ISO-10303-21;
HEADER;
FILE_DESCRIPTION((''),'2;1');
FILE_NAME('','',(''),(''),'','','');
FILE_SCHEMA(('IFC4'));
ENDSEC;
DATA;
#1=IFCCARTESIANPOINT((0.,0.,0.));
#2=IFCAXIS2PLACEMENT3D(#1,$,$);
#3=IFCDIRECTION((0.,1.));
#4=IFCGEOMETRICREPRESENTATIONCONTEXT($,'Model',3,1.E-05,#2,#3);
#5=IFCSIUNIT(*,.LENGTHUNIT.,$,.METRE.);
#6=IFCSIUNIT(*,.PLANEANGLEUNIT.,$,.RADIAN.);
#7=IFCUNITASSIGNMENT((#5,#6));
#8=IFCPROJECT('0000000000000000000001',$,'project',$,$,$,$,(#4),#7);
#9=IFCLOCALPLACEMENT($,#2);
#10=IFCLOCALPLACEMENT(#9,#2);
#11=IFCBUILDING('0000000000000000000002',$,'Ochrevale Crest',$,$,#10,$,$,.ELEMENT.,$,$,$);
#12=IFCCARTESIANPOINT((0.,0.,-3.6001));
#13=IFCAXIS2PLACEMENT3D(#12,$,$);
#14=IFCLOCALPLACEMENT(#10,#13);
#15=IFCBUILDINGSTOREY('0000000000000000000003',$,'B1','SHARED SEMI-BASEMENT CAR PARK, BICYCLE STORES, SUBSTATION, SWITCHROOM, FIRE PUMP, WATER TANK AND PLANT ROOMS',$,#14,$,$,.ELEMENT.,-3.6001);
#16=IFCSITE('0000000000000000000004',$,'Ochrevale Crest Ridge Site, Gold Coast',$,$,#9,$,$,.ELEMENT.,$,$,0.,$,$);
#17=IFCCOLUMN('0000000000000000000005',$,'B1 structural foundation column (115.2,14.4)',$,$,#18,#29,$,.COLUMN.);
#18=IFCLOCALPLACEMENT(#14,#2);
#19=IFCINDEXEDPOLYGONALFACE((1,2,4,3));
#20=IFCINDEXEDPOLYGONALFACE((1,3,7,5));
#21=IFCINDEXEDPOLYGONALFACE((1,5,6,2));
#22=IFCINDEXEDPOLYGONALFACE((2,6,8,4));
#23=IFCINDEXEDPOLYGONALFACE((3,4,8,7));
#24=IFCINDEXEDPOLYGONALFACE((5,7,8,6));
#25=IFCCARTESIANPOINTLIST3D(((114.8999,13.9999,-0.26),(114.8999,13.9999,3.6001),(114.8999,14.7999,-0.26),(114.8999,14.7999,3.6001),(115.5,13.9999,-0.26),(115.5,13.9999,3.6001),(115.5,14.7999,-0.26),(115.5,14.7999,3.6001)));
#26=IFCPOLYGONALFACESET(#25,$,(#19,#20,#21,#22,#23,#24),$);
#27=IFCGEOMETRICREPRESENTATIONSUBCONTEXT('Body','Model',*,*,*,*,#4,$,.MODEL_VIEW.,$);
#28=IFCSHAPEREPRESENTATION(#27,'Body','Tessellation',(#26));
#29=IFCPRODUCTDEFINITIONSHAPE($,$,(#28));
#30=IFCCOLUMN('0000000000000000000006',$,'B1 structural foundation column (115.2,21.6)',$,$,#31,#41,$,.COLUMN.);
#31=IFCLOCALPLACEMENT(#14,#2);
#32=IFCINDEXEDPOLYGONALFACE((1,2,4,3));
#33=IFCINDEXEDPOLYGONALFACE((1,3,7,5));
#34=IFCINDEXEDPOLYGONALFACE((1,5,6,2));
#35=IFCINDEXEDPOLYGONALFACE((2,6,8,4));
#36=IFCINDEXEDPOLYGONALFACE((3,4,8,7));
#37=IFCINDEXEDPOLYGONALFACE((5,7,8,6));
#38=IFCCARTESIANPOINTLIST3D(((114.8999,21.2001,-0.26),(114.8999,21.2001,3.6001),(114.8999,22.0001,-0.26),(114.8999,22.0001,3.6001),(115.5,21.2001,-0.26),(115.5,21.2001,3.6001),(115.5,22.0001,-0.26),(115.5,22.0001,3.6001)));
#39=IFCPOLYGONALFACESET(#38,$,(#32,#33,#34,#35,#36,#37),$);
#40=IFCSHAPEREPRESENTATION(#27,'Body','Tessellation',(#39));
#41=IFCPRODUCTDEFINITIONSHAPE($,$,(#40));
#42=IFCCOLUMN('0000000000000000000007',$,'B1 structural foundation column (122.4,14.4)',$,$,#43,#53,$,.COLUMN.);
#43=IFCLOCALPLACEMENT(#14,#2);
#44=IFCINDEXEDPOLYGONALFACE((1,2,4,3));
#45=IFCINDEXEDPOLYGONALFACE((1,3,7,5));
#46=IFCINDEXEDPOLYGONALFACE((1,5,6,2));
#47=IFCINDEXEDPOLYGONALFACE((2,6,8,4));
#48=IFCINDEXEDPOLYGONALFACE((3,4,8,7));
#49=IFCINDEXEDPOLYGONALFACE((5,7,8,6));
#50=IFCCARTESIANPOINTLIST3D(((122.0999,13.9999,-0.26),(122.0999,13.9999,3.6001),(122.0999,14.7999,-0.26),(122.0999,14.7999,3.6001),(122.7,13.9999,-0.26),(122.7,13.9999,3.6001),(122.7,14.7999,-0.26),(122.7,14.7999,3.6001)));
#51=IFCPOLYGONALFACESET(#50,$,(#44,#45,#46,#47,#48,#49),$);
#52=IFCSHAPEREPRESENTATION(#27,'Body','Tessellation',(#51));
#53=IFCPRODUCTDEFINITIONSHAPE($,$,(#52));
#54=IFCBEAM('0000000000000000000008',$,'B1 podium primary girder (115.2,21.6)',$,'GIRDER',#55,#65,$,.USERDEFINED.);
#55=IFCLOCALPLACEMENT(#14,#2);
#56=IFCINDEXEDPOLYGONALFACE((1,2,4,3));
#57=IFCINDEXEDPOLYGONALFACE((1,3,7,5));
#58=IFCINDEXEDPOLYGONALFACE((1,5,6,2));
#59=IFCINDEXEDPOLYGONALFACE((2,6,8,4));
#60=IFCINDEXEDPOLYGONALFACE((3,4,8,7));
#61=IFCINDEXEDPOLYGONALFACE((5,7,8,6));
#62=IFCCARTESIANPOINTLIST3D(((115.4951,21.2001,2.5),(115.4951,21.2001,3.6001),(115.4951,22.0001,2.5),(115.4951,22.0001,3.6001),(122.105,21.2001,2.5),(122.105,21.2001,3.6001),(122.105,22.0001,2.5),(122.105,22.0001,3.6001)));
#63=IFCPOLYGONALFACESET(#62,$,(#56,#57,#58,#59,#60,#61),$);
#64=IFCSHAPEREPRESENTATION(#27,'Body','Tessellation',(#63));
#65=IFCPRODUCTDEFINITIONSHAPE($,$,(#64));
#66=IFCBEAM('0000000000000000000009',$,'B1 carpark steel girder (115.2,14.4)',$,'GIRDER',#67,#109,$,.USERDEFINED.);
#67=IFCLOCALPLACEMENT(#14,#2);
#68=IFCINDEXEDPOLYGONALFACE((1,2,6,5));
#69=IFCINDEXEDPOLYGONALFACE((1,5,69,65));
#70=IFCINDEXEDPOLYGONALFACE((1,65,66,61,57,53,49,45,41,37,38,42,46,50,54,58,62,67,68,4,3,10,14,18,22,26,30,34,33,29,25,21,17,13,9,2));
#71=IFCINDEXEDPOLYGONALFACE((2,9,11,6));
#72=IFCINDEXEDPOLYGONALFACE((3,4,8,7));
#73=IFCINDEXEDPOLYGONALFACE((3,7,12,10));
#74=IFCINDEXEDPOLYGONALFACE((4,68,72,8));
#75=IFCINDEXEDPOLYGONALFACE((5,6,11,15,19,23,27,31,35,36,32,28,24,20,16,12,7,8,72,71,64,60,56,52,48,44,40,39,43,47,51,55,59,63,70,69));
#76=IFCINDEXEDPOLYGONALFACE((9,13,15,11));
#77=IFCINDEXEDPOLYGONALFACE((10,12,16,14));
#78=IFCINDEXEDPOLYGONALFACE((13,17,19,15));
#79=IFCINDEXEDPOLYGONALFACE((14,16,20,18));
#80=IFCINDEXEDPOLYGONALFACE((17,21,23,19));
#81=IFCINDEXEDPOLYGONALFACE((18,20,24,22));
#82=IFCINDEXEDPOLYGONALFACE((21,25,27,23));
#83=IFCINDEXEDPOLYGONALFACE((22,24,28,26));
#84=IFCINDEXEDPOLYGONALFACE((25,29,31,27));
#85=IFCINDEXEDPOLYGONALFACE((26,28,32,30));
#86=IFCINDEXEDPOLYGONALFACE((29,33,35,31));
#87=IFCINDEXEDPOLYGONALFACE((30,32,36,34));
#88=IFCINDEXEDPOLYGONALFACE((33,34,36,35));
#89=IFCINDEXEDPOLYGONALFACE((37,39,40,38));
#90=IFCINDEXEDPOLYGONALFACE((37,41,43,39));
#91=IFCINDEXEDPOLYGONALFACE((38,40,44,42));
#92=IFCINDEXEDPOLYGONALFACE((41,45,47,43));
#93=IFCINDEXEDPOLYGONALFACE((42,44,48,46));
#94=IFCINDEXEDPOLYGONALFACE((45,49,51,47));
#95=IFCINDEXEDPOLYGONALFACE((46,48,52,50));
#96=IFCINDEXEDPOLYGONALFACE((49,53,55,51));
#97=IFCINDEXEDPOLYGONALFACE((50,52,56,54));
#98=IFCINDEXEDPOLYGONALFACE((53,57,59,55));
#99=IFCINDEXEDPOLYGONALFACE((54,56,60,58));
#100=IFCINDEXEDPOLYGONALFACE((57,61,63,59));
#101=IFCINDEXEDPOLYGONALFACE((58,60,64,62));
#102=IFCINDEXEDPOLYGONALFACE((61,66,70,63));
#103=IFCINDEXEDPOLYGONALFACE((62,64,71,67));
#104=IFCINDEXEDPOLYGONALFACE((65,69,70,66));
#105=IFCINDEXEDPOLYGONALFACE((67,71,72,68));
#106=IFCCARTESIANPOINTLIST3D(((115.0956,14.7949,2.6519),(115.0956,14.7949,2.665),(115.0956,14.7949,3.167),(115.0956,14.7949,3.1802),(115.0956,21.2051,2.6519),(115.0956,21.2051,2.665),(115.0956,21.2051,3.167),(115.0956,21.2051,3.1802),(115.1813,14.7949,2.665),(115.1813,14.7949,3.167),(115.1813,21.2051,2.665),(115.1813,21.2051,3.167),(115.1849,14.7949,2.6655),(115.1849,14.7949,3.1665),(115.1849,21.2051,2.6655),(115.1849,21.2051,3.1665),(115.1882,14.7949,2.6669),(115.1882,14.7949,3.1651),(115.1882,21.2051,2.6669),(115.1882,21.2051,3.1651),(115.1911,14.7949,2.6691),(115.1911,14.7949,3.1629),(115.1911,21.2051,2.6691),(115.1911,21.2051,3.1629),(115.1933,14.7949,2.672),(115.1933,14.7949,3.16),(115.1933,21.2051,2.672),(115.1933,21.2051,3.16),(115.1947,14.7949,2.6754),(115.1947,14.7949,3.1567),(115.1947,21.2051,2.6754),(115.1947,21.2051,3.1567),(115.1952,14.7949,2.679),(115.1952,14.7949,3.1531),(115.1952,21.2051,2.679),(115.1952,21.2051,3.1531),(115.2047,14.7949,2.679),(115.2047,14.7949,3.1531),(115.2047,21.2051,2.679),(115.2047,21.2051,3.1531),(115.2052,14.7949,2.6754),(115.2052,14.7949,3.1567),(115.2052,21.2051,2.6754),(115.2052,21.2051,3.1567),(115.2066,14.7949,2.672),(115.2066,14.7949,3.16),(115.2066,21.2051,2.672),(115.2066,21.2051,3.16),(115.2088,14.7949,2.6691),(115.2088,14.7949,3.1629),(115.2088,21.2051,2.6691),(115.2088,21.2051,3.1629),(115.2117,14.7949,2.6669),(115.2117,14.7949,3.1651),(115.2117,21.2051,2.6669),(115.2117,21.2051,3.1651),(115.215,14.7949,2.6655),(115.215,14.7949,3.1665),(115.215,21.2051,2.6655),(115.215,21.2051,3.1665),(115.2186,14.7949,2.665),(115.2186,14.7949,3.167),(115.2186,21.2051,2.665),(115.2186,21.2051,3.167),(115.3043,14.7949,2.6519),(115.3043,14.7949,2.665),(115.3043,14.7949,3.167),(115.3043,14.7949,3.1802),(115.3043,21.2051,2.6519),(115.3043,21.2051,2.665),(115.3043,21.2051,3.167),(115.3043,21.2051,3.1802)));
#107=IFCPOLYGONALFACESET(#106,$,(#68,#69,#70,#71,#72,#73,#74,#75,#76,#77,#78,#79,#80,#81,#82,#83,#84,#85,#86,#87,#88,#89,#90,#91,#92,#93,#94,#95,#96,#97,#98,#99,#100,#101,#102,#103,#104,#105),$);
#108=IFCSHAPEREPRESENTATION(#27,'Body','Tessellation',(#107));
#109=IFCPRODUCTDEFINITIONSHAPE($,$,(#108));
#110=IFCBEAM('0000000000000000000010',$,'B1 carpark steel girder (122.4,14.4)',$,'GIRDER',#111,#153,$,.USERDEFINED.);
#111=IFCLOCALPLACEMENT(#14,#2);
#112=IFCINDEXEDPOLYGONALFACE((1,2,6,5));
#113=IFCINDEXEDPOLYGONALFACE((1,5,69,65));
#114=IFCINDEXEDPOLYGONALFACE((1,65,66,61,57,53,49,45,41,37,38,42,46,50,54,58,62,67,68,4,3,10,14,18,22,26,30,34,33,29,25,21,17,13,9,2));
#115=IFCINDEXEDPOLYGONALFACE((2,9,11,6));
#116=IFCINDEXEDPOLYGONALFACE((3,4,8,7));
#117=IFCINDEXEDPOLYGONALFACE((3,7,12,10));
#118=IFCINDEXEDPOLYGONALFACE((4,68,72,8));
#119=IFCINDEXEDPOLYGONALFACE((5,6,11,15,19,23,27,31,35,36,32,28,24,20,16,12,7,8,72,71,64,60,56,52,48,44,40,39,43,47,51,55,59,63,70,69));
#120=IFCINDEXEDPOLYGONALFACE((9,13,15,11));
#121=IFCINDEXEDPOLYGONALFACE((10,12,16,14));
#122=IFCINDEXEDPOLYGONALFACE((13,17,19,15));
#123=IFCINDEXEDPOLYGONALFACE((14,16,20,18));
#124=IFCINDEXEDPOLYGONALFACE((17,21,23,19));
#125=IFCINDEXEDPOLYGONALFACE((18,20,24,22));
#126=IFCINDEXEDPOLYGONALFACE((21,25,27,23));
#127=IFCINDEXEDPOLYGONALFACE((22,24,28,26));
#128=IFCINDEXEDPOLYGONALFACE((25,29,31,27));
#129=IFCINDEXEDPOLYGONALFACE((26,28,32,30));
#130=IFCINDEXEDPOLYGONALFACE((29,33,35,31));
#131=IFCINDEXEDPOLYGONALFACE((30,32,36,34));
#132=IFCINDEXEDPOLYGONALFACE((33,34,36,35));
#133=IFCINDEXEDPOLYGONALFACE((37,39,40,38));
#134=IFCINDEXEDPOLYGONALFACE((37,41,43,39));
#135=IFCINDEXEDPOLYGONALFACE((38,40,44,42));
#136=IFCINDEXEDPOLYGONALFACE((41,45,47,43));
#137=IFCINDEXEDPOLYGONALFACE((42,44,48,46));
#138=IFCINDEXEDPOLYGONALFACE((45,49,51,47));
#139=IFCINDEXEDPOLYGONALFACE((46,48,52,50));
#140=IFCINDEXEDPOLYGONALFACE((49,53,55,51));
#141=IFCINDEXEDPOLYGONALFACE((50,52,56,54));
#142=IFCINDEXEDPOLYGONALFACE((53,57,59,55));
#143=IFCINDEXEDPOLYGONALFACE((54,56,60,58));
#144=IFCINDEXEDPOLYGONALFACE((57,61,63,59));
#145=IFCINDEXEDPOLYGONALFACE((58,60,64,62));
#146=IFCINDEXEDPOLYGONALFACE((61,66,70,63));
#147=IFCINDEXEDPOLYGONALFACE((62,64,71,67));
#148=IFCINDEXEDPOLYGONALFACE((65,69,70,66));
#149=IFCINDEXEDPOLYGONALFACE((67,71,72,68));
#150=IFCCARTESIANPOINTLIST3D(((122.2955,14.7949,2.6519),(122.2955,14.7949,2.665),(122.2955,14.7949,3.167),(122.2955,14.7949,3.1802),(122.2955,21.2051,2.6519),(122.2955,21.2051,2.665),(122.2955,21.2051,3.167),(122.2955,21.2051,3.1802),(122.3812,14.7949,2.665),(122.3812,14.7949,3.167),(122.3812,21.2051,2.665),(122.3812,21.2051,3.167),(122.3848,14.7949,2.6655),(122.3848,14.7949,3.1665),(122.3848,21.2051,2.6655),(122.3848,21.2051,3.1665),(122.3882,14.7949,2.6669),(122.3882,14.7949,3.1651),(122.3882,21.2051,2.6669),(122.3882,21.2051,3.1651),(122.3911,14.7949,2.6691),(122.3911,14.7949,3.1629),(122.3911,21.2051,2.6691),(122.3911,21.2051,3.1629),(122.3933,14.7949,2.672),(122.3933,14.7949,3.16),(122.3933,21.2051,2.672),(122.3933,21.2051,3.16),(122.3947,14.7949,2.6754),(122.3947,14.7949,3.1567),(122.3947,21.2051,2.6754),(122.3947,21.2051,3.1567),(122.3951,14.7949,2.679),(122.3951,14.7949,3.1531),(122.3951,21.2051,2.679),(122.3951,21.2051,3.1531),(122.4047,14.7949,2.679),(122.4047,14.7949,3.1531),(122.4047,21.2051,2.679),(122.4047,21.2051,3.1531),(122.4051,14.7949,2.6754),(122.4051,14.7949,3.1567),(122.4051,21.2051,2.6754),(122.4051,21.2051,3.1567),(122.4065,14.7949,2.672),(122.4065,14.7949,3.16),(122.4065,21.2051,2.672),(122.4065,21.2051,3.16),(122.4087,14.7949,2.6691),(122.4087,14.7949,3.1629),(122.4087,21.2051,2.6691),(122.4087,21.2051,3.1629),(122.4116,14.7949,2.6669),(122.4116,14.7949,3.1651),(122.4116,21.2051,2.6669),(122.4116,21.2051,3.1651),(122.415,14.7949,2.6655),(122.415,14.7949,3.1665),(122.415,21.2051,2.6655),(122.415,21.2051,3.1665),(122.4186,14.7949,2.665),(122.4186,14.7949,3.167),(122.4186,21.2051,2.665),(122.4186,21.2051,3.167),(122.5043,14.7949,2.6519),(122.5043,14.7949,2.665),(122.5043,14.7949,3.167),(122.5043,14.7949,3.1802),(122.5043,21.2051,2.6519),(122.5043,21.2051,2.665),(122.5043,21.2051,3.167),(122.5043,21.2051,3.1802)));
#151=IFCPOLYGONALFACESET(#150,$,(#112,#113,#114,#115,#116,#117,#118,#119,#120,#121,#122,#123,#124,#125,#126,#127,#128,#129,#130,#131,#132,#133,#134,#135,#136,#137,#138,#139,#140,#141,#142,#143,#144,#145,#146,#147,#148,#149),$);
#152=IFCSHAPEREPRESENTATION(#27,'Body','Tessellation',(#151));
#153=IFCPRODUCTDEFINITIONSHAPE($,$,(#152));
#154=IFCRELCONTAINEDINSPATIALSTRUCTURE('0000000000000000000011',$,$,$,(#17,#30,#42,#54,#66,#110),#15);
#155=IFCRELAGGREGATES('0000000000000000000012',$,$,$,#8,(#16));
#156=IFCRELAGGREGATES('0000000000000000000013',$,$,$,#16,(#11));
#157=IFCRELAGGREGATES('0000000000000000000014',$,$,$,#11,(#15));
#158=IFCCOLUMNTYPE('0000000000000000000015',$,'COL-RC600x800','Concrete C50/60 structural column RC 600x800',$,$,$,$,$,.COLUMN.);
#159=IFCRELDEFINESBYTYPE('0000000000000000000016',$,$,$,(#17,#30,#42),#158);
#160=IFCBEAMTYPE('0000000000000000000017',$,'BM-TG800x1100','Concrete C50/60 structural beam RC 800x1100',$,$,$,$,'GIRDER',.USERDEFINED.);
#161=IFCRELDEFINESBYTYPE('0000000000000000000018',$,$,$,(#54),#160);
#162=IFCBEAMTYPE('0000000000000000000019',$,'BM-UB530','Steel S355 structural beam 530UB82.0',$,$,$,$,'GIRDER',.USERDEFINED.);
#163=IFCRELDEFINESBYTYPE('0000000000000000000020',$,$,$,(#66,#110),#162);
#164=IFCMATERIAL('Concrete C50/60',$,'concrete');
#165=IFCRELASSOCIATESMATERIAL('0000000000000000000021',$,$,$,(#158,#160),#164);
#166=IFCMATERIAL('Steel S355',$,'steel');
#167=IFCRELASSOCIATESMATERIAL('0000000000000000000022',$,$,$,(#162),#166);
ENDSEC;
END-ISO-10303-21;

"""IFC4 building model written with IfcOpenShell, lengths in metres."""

from ifc_helpers import new_model, si_unit, direction, frame, origin, origin_2d, place, context, subcontext, project, spatial, rectangle, i_section, extrude, material, material_profile, profile_set, type_object, element, save


model = new_model("IFC4")

# Units and contexts
model_context = context("Model", 3, precision=1e-05, world=origin(), true_north=direction((0.0, 1.0)))
body_context = subcontext(model_context, "Body", "Model", "MODEL_VIEW")
ifc_project = project(units=[si_unit("LENGTHUNIT", "METRE"), si_unit("PLANEANGLEUNIT", "RADIAN")], contexts=[model_context])

# Site, building, storey
site_placement = place(None, origin())
site = spatial("IfcSite", under=ifc_project, at=site_placement, Name="Ochrevale Crest Ridge Site, Gold Coast", CompositionType="ELEMENT", RefElevation=0.0)
building_placement = place(site_placement, origin())
building = spatial("IfcBuilding", under=site, at=building_placement, Name="Ochrevale Crest", CompositionType="ELEMENT")
storey_placement = place(building_placement, frame((0.0, 0.0, -3.6001)))
storey = spatial("IfcBuildingStorey", under=building, at=storey_placement, Name="B1", Description="SHARED SEMI-BASEMENT CAR PARK, BICYCLE STORES, SUBSTATION, SWITCHROOM, FIRE PUMP, WATER TANK AND PLANT ROOMS", CompositionType="ELEMENT", Elevation=-3.6001)

# Columns
ifc_material_1 = material(Name="Concrete C50/60", Category="concrete")
ifc_material_profile_1 = material_profile(ifc_material_1, rectangle(XDim=0.6001, YDim=0.8, at=origin_2d()), Name="RC 600x800")
ifc_profile_set_1 = profile_set([ifc_material_profile_1], Name="Concrete C50/60")
column_type = type_object("IfcColumnType", Name="COL-RC600x800", Description="Concrete C50/60 structural column RC 600x800", PredefinedType="COLUMN", material=ifc_profile_set_1)
for number, where, z_axis, x_axis, name in (
    (1, (115.2, 14.3999, -0.26), (0.0, 0.0, 1.0), (1.0, 0.0, 0.0), "B1 structural foundation column (115.2,14.4)"),
    (2, (115.2, 21.6001, -0.26), (0.0, 0.0, 1.0), (1.0, 0.0, 0.0), "B1 structural foundation column (115.2,21.6)"),
    (3, (122.3999, 14.3999, -0.26), (0.0, 0.0, 1.0), (1.0, 0.0, 0.0), "B1 structural foundation column (122.4,14.4)"),
):
    element("IfcColumn", number, at=place(storey_placement, frame(where, z_axis=z_axis, x_axis=x_axis)), inside=storey, type_object=column_type, Name=name, PredefinedType="COLUMN", context=body_context, shape_type="SweptSolid", body=[
        extrude(rectangle(XDim=0.6001, YDim=0.8, at=origin_2d()), origin(), (0.0, 0.0, 1.0), 3.8601),
    ])

# Beams
ifc_material_profile_2 = material_profile(ifc_material_1, rectangle(XDim=0.8, YDim=1.1001, at=origin_2d()), Name="RC 800x1100")
ifc_profile_set_2 = profile_set([ifc_material_profile_2], Name="Concrete C50/60")
beam_type_1 = type_object("IfcBeamType", Name="BM-TG800x1100", Description="Concrete C50/60 structural beam RC 800x1100", ElementType="GIRDER", PredefinedType="USERDEFINED", material=ifc_profile_set_2)
beam_placement = place(storey_placement, frame((115.4951, 21.6001, 3.05), z_axis=(1.0, 0.0, 0.0), x_axis=(0.0, 1.0, 0.0)))
element("IfcBeam", 4, at=beam_placement, inside=storey, type_object=beam_type_1, Name="B1 podium primary girder (115.2,21.6)", ObjectType="GIRDER", PredefinedType="USERDEFINED", context=body_context, shape_type="SweptSolid", body=[
    extrude(rectangle(XDim=0.8, YDim=1.1001, at=origin_2d()), origin(), (0.0, 0.0, 1.0), 6.6099),
])
ifc_material_2 = material(Name="Steel S355", Category="steel")
ifc_material_profile_3 = material_profile(ifc_material_2, i_section(OverallWidth=0.2087, OverallDepth=0.5283, WebThickness=0.0095, FlangeThickness=0.0132, FilletRadius=0.0139, at=origin_2d()), Name="530UB82.0")
ifc_profile_set_3 = profile_set([ifc_material_profile_3], Name="Steel S355")
beam_type_2 = type_object("IfcBeamType", Name="BM-UB530", Description="Steel S355 structural beam 530UB82.0", ElementType="GIRDER", PredefinedType="USERDEFINED", material=ifc_profile_set_3)
for number, where, z_axis, x_axis, name in (
    (5, (115.2, 14.7949, 2.916), (0.0, 1.0, 0.0), (-1.0, 0.0, 0.0), "B1 carpark steel girder (115.2,14.4)"),
    (6, (122.3999, 14.7949, 2.916), (0.0, 1.0, 0.0), (-1.0, 0.0, 0.0), "B1 carpark steel girder (122.4,14.4)"),
):
    element("IfcBeam", number, at=place(storey_placement, frame(where, z_axis=z_axis, x_axis=x_axis)), inside=storey, type_object=beam_type_2, Name=name, ObjectType="GIRDER", PredefinedType="USERDEFINED", context=body_context, shape_type="SweptSolid", body=[
        extrude(i_section(OverallWidth=0.2087, OverallDepth=0.5283, WebThickness=0.0095, FlangeThickness=0.0132, FilletRadius=0.0139, at=origin_2d()), origin(), (0.0, 0.0, 1.0), 6.4102),
    ])

save(model, "model.ifc")
